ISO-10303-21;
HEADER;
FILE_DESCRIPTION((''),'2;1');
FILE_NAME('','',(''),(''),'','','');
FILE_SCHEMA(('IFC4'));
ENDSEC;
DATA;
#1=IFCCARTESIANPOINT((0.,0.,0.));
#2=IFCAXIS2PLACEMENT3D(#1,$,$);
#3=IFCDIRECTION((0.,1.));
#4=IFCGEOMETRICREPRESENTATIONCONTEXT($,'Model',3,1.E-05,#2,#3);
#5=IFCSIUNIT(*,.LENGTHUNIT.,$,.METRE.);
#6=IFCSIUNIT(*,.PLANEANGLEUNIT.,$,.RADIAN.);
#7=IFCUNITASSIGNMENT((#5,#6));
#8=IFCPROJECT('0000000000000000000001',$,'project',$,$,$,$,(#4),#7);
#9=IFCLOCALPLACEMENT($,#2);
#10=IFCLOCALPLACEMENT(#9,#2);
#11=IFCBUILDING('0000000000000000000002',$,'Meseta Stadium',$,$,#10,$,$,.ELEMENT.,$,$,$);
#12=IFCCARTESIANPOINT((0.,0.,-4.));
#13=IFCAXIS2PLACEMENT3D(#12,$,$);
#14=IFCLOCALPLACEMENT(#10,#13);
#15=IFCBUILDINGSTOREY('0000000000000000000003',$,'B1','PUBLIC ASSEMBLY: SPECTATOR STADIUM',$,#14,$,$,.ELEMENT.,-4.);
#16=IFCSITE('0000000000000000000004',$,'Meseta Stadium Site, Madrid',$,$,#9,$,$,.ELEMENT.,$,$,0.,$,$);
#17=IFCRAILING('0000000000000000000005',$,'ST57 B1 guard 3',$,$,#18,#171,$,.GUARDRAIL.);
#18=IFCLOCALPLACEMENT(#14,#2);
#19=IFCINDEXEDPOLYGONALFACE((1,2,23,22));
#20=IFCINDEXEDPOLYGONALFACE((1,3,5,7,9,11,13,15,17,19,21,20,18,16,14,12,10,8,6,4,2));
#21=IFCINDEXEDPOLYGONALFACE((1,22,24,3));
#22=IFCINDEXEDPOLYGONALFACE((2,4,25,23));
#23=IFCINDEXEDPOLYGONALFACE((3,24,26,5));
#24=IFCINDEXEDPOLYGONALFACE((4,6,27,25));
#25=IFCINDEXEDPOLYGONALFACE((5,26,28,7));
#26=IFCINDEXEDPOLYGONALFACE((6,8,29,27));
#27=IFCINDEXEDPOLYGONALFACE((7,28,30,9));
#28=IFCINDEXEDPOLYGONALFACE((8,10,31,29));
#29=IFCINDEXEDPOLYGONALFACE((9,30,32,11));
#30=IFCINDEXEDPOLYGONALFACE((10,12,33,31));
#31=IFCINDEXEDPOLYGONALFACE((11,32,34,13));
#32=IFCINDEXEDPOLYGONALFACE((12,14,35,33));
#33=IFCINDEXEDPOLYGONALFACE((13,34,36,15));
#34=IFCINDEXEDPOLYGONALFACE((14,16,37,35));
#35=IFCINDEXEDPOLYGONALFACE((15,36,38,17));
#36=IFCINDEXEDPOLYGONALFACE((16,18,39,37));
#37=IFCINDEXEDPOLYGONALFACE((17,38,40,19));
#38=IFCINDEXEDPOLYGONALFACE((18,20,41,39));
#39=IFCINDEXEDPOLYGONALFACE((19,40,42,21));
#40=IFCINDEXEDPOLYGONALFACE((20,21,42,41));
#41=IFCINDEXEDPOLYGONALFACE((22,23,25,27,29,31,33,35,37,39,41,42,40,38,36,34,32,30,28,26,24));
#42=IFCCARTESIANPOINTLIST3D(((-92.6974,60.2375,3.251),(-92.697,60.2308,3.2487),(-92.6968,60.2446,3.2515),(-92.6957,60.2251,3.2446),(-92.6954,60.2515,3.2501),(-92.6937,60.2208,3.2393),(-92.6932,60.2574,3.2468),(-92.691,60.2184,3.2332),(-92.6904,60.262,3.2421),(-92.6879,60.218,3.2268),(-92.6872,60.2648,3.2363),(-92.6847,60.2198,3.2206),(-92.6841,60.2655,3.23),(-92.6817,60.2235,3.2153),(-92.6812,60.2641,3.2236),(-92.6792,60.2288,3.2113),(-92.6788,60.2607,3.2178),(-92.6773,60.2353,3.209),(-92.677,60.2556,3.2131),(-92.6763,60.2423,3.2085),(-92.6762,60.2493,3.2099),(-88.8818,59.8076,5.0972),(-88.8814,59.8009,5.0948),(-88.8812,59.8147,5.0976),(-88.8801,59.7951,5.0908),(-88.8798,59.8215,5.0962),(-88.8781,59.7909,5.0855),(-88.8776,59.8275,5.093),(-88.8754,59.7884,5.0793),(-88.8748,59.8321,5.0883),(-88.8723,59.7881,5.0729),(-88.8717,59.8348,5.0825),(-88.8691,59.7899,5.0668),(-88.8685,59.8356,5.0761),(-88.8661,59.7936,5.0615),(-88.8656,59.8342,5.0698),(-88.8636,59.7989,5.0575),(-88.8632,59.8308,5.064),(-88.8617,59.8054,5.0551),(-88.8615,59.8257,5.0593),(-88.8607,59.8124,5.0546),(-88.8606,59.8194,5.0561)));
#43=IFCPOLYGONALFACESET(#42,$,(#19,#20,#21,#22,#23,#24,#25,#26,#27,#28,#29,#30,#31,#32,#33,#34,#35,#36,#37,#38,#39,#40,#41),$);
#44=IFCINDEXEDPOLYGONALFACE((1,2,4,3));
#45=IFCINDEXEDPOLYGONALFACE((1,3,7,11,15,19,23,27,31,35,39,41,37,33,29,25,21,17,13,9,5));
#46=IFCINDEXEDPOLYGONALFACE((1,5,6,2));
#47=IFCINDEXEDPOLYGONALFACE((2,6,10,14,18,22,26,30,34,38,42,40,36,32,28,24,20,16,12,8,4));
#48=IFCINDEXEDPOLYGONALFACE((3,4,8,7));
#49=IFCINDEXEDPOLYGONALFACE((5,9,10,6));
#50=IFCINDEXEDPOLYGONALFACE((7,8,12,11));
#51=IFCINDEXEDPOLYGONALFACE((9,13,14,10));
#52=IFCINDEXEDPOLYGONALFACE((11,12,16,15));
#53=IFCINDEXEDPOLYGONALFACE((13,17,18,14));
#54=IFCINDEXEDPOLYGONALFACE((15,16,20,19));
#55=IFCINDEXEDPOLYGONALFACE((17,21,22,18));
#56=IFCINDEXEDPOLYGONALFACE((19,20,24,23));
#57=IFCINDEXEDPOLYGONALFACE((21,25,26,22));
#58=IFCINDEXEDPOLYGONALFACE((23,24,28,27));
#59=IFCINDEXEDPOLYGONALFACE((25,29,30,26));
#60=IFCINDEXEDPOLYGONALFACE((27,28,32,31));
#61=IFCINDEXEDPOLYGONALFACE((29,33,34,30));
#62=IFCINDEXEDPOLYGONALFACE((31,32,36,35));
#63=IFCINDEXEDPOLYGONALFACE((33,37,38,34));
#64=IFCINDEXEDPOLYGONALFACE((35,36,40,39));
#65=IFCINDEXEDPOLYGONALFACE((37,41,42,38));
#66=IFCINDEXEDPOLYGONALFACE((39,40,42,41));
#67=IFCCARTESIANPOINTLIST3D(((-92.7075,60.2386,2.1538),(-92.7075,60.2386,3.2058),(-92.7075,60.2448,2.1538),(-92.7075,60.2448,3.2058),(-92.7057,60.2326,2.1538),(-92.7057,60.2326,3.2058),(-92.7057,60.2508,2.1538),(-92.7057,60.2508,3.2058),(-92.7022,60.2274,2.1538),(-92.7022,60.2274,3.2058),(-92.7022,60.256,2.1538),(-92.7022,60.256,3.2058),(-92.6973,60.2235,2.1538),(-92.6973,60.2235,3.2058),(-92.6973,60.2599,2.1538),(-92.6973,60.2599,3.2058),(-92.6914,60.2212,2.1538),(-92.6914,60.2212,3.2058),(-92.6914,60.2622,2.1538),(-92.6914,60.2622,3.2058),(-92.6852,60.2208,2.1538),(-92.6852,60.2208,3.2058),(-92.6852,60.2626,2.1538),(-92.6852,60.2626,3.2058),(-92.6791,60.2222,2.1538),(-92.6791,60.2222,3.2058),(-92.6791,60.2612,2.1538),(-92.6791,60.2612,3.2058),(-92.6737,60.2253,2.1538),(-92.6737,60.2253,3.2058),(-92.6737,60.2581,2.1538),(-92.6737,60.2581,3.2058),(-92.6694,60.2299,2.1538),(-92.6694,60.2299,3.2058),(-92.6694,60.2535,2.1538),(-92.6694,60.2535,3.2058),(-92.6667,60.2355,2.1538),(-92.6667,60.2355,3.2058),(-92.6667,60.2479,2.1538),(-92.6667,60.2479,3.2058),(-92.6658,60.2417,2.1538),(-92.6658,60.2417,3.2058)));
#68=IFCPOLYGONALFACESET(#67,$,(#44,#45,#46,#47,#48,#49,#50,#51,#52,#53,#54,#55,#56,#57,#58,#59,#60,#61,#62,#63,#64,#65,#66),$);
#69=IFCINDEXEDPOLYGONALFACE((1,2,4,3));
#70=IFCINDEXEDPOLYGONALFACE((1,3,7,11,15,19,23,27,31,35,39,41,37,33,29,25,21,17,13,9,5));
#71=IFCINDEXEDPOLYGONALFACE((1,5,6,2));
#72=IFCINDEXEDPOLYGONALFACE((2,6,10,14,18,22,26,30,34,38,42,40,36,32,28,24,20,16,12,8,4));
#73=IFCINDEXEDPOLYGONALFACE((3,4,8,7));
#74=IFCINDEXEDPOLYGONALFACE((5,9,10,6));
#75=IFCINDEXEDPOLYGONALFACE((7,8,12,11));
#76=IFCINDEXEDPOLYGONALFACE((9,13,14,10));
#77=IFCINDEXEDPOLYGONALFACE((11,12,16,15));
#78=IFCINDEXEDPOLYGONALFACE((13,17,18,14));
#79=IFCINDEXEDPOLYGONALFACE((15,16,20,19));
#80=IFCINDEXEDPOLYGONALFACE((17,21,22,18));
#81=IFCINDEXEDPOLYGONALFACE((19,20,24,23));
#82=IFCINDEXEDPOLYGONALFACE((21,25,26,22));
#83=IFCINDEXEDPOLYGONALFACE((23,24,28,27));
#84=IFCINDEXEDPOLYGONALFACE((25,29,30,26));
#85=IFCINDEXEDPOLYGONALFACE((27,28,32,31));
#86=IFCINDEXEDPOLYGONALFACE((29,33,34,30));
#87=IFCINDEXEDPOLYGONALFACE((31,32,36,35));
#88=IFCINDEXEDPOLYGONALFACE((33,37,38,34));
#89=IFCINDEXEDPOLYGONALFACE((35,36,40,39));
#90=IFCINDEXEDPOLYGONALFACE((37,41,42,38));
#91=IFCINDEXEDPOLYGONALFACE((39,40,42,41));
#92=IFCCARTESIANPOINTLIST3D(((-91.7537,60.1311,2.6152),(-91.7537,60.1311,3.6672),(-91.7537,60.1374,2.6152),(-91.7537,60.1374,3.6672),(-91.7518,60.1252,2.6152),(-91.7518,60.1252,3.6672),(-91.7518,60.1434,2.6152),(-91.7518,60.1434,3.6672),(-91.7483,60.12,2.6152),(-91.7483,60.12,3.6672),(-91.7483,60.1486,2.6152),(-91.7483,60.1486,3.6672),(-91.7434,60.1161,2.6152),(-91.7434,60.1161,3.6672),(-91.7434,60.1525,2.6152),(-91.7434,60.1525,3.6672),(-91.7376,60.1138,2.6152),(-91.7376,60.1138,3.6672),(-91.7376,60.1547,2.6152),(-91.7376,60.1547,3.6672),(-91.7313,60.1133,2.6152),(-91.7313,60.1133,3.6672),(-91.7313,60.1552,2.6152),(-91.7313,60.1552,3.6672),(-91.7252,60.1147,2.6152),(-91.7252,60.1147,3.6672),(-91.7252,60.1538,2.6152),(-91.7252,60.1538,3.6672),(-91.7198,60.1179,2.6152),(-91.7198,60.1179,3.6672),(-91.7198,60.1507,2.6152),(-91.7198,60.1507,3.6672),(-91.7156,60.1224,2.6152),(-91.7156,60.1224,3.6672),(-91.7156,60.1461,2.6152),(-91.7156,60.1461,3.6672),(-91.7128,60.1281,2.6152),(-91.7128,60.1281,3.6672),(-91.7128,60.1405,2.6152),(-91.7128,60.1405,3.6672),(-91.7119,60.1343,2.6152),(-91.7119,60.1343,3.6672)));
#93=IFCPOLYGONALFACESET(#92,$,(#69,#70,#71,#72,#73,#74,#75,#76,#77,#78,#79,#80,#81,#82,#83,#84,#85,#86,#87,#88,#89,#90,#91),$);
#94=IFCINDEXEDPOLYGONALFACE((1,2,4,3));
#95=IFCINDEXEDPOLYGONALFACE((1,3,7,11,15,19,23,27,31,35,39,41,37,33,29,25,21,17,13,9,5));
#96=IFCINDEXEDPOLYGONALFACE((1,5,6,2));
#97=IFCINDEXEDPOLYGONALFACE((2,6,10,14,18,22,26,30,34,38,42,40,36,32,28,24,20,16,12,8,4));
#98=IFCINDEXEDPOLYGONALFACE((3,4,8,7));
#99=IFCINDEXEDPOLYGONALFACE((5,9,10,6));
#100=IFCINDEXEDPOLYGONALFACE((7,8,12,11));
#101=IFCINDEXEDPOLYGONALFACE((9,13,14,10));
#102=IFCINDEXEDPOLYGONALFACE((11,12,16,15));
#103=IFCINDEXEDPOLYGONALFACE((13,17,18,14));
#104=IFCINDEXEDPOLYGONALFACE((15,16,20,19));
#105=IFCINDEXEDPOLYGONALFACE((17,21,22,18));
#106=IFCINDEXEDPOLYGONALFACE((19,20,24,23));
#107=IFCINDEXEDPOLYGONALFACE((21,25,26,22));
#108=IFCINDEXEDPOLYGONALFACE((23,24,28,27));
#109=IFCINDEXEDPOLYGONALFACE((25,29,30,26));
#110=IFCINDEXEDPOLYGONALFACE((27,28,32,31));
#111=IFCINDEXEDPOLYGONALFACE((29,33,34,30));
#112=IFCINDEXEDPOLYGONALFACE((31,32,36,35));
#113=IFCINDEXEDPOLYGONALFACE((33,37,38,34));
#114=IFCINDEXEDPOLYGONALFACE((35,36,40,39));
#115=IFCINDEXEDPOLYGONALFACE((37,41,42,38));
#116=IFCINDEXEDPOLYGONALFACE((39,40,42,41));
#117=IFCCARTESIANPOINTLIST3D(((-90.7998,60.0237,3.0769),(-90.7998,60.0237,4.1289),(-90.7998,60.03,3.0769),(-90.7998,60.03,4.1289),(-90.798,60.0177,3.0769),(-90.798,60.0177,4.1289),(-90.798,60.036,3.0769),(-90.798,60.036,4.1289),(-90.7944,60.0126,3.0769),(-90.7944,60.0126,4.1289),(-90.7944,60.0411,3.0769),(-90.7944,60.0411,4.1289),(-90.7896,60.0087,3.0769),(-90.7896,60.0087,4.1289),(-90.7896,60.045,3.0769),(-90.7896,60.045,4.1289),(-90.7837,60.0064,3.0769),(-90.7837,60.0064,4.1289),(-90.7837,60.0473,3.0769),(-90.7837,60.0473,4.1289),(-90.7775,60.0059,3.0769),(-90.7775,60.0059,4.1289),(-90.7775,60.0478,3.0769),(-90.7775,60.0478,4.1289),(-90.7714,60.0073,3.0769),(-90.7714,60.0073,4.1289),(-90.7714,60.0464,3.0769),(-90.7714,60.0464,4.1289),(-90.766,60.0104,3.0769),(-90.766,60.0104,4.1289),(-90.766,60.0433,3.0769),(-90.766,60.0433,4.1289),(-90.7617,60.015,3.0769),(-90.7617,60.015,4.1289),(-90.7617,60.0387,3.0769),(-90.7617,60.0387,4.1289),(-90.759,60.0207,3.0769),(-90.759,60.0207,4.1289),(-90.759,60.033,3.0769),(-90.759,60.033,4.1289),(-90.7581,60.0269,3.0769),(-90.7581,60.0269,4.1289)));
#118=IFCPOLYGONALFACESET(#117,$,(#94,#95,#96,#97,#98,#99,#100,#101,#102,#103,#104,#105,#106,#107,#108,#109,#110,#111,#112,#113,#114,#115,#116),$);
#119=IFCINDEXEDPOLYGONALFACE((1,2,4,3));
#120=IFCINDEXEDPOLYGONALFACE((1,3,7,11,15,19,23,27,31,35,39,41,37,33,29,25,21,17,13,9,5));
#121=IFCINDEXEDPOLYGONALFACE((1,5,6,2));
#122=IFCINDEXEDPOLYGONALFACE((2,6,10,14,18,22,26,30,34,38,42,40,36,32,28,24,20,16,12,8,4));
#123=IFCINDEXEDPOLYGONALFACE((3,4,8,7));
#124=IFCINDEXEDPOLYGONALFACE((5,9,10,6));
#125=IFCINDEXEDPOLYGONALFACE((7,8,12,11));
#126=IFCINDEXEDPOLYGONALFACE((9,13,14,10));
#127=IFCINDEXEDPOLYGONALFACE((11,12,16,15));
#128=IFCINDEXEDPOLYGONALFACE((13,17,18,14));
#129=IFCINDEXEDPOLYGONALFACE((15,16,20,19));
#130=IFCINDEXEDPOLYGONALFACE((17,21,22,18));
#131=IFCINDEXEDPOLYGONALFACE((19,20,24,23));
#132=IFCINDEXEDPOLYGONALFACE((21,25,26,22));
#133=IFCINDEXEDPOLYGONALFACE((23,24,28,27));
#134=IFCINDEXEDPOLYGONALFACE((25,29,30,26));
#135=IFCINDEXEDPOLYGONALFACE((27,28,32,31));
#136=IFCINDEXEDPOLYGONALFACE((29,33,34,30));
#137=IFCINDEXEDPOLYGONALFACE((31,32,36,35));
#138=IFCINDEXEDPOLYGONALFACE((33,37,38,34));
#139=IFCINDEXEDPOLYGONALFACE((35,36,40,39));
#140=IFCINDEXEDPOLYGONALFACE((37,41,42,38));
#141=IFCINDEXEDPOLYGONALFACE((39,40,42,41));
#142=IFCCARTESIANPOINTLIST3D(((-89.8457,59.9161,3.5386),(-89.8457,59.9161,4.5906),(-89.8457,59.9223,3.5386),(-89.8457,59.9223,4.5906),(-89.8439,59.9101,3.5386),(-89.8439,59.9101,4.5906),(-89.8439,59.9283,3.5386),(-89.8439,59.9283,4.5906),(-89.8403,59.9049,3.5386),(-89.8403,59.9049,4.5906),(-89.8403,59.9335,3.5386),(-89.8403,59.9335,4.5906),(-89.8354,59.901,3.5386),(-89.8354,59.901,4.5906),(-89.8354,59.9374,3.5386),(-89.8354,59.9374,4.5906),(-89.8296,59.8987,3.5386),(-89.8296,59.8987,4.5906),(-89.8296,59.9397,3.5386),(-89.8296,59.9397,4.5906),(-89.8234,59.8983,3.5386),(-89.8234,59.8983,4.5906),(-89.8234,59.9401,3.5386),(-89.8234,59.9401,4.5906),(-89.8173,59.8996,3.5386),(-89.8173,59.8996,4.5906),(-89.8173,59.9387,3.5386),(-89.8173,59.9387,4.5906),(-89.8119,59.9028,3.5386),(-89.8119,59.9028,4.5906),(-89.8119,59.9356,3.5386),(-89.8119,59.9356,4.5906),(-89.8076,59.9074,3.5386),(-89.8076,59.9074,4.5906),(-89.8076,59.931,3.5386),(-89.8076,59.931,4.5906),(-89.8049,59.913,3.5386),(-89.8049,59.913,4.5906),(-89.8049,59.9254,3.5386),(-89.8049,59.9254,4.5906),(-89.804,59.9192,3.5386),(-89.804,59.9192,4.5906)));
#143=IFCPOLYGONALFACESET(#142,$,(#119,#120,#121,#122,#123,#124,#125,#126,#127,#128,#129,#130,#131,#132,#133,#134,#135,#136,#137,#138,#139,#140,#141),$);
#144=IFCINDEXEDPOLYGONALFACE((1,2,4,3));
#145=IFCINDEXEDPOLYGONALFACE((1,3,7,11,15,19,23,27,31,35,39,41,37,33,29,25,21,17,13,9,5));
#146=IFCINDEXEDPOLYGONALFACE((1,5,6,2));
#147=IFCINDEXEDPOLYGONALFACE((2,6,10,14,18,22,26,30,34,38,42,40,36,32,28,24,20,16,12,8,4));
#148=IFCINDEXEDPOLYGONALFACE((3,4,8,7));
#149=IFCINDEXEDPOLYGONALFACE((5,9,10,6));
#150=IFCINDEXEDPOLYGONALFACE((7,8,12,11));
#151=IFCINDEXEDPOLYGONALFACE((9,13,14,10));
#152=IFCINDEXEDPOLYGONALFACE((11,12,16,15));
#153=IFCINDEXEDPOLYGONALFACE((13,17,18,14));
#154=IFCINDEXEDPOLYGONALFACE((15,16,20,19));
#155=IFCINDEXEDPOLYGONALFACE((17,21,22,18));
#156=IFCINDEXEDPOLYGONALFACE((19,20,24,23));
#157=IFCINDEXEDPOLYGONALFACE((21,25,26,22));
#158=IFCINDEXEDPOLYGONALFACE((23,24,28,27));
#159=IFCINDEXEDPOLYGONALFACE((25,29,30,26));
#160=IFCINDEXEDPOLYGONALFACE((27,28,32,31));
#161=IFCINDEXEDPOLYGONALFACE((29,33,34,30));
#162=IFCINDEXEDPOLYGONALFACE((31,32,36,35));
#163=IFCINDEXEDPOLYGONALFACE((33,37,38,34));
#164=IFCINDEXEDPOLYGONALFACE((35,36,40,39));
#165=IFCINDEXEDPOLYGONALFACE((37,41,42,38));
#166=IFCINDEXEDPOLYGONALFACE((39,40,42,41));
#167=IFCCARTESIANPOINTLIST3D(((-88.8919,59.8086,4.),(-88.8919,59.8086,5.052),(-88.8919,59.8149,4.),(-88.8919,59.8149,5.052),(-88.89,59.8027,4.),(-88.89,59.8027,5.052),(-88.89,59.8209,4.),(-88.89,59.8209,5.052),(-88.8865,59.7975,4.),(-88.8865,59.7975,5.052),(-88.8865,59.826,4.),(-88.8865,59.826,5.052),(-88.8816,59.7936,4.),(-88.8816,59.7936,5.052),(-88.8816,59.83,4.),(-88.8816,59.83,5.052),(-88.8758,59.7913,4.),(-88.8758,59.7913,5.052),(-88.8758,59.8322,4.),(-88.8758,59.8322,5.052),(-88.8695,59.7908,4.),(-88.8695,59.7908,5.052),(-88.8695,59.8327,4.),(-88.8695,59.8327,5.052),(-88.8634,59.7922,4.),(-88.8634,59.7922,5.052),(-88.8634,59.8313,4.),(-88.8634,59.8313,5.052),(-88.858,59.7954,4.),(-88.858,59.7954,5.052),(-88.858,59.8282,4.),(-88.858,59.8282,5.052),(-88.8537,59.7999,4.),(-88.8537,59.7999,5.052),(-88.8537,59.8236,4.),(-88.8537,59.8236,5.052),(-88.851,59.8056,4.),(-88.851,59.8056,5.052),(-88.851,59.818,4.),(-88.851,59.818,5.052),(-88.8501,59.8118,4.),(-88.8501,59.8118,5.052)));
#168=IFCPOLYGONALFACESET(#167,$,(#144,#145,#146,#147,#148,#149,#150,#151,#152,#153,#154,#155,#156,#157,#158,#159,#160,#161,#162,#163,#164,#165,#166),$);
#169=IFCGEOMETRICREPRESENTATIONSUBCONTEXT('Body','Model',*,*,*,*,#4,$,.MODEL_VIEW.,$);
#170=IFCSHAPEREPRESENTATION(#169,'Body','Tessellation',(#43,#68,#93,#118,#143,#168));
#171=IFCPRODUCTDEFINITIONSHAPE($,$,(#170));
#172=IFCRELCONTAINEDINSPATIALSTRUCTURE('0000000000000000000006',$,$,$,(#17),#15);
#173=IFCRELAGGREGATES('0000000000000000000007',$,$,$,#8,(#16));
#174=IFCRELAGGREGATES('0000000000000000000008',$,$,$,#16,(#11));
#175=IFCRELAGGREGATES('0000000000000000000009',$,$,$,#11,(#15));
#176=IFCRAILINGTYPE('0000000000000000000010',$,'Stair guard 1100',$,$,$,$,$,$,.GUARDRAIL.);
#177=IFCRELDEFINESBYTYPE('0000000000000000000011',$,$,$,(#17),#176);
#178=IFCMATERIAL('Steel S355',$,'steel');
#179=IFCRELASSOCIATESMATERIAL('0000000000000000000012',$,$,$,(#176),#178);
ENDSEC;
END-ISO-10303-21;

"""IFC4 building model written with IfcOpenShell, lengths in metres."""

from ifc_helpers import new_model, si_unit, direction, frame, origin, origin_2d, place, context, subcontext, project, spatial, circle, extrude, material, type_object, element, save


model = new_model("IFC4")

# Units and contexts
model_context = context("Model", 3, precision=1e-05, world=origin(), true_north=direction((0.0, 1.0)))
body_context = subcontext(model_context, "Body", "Model", "MODEL_VIEW")
ifc_project = project(units=[si_unit("LENGTHUNIT", "METRE"), si_unit("PLANEANGLEUNIT", "RADIAN")], contexts=[model_context])

# Site, building, storey
site_placement = place(None, origin())
site = spatial("IfcSite", under=ifc_project, at=site_placement, Name="Meseta Stadium Site, Madrid", CompositionType="ELEMENT", RefElevation=0.0)
building_placement = place(site_placement, origin())
building = spatial("IfcBuilding", under=site, at=building_placement, Name="Meseta Stadium", CompositionType="ELEMENT")
storey_placement = place(building_placement, frame((0.0, 0.0, -4.0)))
storey = spatial("IfcBuildingStorey", under=building, at=storey_placement, Name="B1", Description="PUBLIC ASSEMBLY: SPECTATOR STADIUM", CompositionType="ELEMENT", Elevation=-4.0)

# Railing
ifc_material_1 = material(Name="Steel S355", Category="steel")
railing_type_1 = type_object("IfcRailingType", Name="Stair guard 1100", PredefinedType="GUARDRAIL", material=ifc_material_1)
railing_1_placement = place(storey_placement, frame((-92.6868, 60.2417, 2.1538)))
element("IfcRailing", 1, at=railing_1_placement, inside=storey, type_object=railing_type_1, Name="ST57 B1 guard 3", PredefinedType="GUARDRAIL", context=body_context, shape_type="SweptSolid", body=[
    extrude(circle(Radius=0.0239, at=origin_2d()), frame((0.0, 0.0, 1.0762), z_axis=(0.895574, -0.100909, 0.433318), x_axis=(0.111967, 0.993712, 0.0)), (0.0, 0.0, 1.0), 4.2605),
    extrude(circle(Radius=0.021, at=origin_2d()), origin(), (0.0, 0.0, 1.0), 1.052),
    extrude(circle(Radius=0.021, at=origin_2d()), frame((0.9539, -0.1074, 0.4614)), (0.0, 0.0, 1.0), 1.052),
    extrude(circle(Radius=0.021, at=origin_2d()), frame((1.9077, -0.2148, 0.9231)), (0.0, 0.0, 1.0), 1.052),
    extrude(circle(Radius=0.021, at=origin_2d()), frame((2.8618, -0.3225, 1.3848)), (0.0, 0.0, 1.0), 1.052),
    extrude(circle(Radius=0.021, at=origin_2d()), frame((3.8157, -0.4299, 1.8462)), (0.0, 0.0, 1.0), 1.052),
])

save(model, "model.ifc")
